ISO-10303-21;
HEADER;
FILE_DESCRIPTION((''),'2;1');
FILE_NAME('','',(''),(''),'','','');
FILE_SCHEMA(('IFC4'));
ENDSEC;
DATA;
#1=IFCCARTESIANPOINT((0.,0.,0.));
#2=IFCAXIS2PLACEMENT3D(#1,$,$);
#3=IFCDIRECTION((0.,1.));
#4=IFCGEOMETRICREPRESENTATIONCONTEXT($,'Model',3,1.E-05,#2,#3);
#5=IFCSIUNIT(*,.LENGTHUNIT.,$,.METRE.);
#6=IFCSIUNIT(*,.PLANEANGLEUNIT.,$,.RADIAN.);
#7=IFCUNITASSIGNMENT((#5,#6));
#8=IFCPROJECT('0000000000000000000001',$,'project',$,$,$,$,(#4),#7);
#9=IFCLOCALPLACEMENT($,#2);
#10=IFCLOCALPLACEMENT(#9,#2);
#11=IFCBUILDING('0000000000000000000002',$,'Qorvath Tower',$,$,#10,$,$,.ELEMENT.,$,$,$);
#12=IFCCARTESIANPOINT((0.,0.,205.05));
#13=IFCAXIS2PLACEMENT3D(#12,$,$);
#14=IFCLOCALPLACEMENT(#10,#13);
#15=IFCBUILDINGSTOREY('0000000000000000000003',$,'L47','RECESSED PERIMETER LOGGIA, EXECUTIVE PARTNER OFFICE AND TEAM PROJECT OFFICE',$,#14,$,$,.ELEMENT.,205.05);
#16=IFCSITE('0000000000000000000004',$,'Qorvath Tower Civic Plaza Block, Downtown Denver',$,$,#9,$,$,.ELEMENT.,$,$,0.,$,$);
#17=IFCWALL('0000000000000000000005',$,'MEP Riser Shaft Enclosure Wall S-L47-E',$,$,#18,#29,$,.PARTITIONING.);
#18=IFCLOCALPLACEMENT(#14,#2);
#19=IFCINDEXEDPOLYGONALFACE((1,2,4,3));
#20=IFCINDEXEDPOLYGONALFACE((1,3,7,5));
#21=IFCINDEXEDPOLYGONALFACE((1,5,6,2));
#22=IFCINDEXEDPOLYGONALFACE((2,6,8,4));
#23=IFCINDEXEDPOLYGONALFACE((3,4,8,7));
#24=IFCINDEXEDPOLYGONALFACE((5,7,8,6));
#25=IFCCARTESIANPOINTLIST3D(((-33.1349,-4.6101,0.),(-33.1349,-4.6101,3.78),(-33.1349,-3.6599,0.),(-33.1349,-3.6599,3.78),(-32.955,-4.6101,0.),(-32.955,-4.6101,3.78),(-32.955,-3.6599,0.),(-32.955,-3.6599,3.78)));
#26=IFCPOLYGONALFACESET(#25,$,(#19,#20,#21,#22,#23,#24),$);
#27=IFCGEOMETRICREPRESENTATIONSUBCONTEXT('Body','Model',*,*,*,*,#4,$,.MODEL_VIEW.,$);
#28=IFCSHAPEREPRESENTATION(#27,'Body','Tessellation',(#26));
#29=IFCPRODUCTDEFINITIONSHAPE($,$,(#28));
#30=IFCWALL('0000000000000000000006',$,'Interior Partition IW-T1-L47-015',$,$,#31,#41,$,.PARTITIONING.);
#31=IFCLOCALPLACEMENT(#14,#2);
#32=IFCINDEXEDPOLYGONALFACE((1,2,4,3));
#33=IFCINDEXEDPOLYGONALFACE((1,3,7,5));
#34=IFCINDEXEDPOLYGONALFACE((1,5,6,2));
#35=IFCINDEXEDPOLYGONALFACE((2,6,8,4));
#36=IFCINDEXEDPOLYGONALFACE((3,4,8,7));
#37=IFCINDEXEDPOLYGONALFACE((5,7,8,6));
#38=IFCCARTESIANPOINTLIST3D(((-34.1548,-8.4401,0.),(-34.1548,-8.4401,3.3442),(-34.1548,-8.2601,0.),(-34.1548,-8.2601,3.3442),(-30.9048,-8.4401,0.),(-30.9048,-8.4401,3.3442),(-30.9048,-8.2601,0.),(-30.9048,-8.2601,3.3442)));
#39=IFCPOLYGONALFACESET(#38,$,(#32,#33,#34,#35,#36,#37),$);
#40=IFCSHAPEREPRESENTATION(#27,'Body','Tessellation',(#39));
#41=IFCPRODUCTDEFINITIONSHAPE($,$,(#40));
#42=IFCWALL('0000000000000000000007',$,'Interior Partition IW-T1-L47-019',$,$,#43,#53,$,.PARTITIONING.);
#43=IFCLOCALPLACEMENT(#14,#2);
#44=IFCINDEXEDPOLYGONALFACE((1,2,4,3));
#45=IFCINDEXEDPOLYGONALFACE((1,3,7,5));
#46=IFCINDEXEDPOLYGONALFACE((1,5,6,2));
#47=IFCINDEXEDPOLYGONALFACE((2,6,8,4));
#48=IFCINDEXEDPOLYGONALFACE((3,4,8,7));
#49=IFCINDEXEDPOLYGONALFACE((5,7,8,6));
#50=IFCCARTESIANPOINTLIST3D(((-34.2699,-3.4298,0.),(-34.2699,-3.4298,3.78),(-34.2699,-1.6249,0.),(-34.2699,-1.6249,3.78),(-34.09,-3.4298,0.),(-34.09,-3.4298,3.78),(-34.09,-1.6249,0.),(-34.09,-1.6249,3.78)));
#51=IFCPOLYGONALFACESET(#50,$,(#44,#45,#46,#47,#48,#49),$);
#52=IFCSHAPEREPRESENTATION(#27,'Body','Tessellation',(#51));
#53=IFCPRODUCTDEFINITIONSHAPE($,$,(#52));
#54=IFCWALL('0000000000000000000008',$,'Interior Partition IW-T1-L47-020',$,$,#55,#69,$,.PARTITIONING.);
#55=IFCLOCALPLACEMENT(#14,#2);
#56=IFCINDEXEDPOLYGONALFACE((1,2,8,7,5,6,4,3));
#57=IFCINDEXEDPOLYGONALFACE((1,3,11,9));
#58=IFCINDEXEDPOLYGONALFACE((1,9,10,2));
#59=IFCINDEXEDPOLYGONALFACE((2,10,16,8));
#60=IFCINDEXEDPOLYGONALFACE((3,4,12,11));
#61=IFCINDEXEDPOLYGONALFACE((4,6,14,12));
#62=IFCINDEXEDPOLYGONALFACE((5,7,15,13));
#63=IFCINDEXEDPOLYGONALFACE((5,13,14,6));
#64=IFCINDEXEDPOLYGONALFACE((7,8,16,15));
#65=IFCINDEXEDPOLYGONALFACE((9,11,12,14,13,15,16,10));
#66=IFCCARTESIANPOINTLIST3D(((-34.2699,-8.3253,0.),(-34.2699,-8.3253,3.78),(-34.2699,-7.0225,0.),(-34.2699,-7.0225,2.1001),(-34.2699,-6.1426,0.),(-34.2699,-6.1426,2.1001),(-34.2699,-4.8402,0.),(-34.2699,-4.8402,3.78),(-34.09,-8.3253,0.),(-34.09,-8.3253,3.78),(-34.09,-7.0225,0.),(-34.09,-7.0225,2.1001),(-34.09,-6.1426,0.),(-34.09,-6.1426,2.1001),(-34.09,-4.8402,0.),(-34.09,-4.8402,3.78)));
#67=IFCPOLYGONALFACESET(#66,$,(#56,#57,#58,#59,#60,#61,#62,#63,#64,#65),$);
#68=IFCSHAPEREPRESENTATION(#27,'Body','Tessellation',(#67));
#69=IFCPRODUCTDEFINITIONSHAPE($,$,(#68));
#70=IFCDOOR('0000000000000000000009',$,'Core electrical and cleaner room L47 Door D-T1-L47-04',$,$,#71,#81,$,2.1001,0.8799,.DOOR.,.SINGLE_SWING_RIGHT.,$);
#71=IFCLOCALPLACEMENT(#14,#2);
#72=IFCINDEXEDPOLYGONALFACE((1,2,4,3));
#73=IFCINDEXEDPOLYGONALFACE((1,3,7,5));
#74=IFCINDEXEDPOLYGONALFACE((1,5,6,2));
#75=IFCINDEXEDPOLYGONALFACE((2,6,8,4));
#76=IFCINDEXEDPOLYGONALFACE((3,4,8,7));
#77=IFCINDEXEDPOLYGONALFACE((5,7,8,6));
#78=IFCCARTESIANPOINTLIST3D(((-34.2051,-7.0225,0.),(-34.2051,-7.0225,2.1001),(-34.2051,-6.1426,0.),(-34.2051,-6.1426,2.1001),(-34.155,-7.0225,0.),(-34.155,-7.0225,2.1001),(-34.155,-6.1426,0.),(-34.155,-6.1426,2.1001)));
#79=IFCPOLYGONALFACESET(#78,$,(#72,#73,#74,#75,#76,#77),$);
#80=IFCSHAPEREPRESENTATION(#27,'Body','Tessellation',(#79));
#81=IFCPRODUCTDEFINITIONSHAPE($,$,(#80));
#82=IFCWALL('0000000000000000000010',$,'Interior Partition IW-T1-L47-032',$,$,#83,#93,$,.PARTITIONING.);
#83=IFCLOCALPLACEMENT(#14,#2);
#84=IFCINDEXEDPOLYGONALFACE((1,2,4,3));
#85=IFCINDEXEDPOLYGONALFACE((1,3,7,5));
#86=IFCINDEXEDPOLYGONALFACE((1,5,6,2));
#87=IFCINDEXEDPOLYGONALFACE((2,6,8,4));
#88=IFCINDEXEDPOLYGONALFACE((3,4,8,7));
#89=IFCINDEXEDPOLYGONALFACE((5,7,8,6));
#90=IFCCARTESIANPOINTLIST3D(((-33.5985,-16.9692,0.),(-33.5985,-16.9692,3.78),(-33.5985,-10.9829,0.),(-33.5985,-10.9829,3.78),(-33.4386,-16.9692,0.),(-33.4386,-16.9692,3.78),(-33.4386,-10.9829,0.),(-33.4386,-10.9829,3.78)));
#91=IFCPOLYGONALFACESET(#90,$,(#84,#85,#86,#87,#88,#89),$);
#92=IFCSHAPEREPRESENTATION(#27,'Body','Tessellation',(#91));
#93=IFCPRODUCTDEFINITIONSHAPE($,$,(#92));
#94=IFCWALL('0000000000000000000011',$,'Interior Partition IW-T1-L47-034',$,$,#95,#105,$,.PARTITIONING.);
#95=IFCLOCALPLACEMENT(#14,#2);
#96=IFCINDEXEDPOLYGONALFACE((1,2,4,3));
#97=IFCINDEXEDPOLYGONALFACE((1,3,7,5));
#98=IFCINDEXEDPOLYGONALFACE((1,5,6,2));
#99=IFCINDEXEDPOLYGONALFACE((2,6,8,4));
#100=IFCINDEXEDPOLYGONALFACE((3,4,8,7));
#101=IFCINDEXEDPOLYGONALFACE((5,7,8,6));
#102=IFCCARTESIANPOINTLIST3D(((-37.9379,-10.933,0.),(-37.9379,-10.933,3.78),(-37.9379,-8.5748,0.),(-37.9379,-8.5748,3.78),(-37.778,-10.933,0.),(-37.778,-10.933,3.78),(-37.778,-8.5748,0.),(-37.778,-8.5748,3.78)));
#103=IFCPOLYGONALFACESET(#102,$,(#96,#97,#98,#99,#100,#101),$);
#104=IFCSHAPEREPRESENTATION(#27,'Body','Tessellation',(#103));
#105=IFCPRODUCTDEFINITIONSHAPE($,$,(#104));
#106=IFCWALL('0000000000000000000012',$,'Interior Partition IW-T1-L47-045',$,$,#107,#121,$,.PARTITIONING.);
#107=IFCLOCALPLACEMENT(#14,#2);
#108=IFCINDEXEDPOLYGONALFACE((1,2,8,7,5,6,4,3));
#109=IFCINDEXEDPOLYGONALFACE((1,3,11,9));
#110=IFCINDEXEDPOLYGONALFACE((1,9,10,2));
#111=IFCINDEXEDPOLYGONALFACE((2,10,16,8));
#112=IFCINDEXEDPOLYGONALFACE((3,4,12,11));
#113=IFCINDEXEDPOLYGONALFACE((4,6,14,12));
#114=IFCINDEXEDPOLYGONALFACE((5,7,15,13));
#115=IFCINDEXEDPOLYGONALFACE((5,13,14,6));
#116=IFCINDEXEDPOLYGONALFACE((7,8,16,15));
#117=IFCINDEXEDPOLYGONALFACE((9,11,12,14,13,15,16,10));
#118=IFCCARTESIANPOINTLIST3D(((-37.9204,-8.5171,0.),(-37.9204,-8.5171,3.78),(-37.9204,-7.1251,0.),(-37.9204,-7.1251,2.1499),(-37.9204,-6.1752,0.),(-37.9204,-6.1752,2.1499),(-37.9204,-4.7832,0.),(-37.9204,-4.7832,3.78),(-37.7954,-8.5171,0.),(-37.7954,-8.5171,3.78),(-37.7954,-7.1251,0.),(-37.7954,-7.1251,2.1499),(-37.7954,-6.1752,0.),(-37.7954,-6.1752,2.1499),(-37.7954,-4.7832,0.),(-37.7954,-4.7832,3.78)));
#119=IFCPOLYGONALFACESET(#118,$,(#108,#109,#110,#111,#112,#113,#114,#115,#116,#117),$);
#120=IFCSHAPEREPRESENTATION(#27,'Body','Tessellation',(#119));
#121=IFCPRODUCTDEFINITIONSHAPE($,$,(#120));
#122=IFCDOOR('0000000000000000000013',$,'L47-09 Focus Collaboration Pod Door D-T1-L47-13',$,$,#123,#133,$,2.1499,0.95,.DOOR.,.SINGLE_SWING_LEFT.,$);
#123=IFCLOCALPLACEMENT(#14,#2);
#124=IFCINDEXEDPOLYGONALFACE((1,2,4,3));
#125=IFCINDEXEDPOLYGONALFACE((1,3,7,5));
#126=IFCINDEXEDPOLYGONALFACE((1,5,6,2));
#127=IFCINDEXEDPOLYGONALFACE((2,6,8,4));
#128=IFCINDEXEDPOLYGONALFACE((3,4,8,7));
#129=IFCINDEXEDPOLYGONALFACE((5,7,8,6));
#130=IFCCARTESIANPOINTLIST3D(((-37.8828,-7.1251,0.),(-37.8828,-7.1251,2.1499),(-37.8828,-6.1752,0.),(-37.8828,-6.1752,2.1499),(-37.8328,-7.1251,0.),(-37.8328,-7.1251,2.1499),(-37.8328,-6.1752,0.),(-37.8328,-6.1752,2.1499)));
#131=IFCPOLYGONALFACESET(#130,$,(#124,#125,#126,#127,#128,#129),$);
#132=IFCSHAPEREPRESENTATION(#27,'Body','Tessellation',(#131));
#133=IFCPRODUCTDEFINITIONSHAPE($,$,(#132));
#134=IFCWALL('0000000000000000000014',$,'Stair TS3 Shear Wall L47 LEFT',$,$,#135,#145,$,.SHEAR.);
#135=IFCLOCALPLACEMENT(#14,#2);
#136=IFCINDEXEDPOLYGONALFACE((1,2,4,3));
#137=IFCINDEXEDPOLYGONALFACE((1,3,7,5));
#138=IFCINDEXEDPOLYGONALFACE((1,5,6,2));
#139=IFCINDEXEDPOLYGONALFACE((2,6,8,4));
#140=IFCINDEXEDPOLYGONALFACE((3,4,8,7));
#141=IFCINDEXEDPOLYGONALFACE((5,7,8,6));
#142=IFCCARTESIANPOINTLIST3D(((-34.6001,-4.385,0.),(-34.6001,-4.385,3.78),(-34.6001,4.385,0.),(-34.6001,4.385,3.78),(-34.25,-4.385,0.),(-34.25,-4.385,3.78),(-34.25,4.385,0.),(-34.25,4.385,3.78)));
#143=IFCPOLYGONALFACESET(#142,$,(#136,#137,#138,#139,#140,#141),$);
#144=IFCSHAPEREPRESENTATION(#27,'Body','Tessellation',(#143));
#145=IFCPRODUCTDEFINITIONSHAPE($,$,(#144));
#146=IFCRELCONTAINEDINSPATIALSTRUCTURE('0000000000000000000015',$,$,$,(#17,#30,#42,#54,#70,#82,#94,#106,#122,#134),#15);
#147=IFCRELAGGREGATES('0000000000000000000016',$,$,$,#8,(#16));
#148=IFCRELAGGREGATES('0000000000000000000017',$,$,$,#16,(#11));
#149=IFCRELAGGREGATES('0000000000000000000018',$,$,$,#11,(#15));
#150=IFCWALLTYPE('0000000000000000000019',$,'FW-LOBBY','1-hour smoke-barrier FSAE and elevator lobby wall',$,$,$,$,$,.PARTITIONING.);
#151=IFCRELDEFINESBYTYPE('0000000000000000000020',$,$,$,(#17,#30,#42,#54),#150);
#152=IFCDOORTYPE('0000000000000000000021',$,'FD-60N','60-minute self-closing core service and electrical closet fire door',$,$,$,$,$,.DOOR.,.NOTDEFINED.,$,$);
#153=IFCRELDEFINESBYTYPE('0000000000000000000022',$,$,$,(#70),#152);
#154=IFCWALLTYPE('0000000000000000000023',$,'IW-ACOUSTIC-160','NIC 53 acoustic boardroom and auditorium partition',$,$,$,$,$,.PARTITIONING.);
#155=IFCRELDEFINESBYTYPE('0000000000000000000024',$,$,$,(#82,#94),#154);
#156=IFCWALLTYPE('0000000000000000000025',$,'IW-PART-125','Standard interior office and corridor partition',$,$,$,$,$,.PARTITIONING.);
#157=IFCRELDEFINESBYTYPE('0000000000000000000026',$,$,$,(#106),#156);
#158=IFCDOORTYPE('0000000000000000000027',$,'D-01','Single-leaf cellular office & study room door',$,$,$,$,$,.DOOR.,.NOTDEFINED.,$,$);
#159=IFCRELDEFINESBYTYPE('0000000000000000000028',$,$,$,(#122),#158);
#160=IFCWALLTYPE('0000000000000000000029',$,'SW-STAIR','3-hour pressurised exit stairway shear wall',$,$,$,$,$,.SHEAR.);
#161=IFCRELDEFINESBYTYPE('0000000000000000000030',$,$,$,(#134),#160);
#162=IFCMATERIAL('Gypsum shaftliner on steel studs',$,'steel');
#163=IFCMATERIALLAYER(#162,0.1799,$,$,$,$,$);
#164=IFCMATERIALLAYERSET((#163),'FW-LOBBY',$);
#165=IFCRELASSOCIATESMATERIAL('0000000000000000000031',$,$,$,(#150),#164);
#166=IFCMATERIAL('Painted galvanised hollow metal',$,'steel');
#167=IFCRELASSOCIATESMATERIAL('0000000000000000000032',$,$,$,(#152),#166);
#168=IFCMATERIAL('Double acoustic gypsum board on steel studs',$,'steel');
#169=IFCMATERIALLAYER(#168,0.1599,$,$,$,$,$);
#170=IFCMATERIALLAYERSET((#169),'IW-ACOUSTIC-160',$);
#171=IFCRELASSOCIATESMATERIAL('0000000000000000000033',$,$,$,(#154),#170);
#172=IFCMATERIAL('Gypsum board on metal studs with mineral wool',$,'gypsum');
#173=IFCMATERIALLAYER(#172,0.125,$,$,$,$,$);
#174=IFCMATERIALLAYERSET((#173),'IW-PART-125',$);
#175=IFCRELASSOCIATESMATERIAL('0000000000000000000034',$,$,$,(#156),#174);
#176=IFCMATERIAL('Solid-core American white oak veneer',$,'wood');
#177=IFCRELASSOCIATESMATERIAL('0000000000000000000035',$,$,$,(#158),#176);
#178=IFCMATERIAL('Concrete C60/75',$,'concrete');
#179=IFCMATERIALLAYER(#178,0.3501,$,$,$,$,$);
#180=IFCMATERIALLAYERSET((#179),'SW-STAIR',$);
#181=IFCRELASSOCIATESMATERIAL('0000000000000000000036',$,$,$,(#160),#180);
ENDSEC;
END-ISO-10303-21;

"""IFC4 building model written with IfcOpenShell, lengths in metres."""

from ifc_helpers import new_model, si_unit, direction, frame, frame_2d, origin, place, context, subcontext, project, spatial, rectangle, extrude, material, layer, layer_set, type_object, element, fill, save


model = new_model("IFC4")

# Units and contexts
model_context = context("Model", 3, precision=1e-05, world=origin(), true_north=direction((0.0, 1.0)))
body_context = subcontext(model_context, "Body", "Model", "MODEL_VIEW")
ifc_project = project(units=[si_unit("LENGTHUNIT", "METRE"), si_unit("PLANEANGLEUNIT", "RADIAN")], contexts=[model_context])

# Site, building, storey
site_placement = place(None, origin())
site = spatial("IfcSite", under=ifc_project, at=site_placement, Name="Qorvath Tower Civic Plaza Block, Downtown Denver", CompositionType="ELEMENT", RefElevation=0.0)
building_placement = place(site_placement, origin())
building = spatial("IfcBuilding", under=site, at=building_placement, Name="Qorvath Tower", CompositionType="ELEMENT")
storey_placement = place(building_placement, frame((0.0, 0.0, 205.05)))
storey = spatial("IfcBuildingStorey", under=building, at=storey_placement, Name="L47", Description="RECESSED PERIMETER LOGGIA, EXECUTIVE PARTNER OFFICE AND TEAM PROJECT OFFICE", CompositionType="ELEMENT", Elevation=205.05)

# Walls
ifc_material_1 = material(Name="Gypsum shaftliner on steel studs", Category="steel")
ifc_layer_1 = layer(ifc_material_1, 0.1799)
ifc_layer_set_1 = layer_set([ifc_layer_1], Name="FW-LOBBY")
wall_type_1 = type_object("IfcWallType", Name="FW-LOBBY", Description="1-hour smoke-barrier FSAE and elevator lobby wall", PredefinedType="PARTITIONING", material=ifc_layer_set_1)
for number, where, z_axis, x_axis, name in (
    (1, (-33.0449, -3.6599, 0.0), (0.0, 0.0, 1.0), (0.0, -1.0, 0.0), "MEP Riser Shaft Enclosure Wall S-L47-E"),
):
    element("IfcWall", number, at=place(storey_placement, frame(where, z_axis=z_axis, x_axis=x_axis)), inside=storey, type_object=wall_type_1, Name=name, PredefinedType="PARTITIONING", context=body_context, shape_type="SweptSolid", body=[
        extrude(rectangle(XDim=0.9502, YDim=0.1799, at=frame_2d((0.4751, 0.0))), origin(), (0.0, 0.0, 1.0), 3.78),
    ])
wall_1_placement = place(storey_placement, frame((-34.1548, -8.3501, 0.0), z_axis=(0.0, 0.0, 1.0), x_axis=(1.0, 0.0, 0.0)))
element("IfcWall", 2, at=wall_1_placement, inside=storey, type_object=wall_type_1, Name="Interior Partition IW-T1-L47-015", PredefinedType="PARTITIONING", context=body_context, shape_type="SweptSolid", body=[
    extrude(rectangle(XDim=3.25, YDim=0.1799, at=frame_2d((1.625, 0.0))), origin(), (0.0, 0.0, 1.0), 3.3442),
])
wall_2_placement = place(storey_placement, frame((-34.1799, -1.625, 0.0), z_axis=(0.0, 0.0, 1.0), x_axis=(0.0, -1.0, 0.0)))
element("IfcWall", 3, at=wall_2_placement, inside=storey, type_object=wall_type_1, Name="Interior Partition IW-T1-L47-019", PredefinedType="PARTITIONING", context=body_context, shape_type="SweptSolid", body=[
    extrude(rectangle(XDim=1.8049, YDim=0.1799, at=frame_2d((0.9023, 0.0))), origin(), (0.0, 0.0, 1.0), 3.78),
])

# Wall, opening, door
wall_3_placement = place(storey_placement, frame((-34.1799, -4.8401, 0.0), z_axis=(0.0, 0.0, 1.0), x_axis=(0.0, -1.0, 0.0)))
wall_3 = element("IfcWall", 4, at=wall_3_placement, inside=storey, type_object=wall_type_1, Name="Interior Partition IW-T1-L47-020", PredefinedType="PARTITIONING", context=body_context, shape_type="SweptSolid", body=[
    extrude(rectangle(XDim=3.4851, YDim=0.1799, at=frame_2d((1.7427, 0.0))), origin(), (0.0, 0.0, 1.0), 3.78),
])
opening_1_placement = place(wall_3_placement, frame((1.3025, 0.0, 0.0)))
opening_1 = element("IfcOpeningElement", 5, at=opening_1_placement, cuts=wall_3, PredefinedType="OPENING", context=body_context, shape_type="SweptSolid", body=[
    extrude(rectangle(XDim=0.8799, YDim=2.1001, at=frame_2d((0.4399, 1.05))), frame((0.0, 0.1001, 0.0), z_axis=(0.0, -1.0, 0.0), x_axis=(1.0, 0.0, 0.0)), (0.0, 0.0, 1.0), 0.2),
])
ifc_material_2 = material(Name="Painted galvanised hollow metal", Category="steel")
door_type_1 = type_object("IfcDoorType", Name="FD-60N", Description="60-minute self-closing core service and electrical closet fire door", OperationType="NOTDEFINED", PredefinedType="DOOR", material=ifc_material_2)
door_1_placement = place(opening_1_placement, origin())
door_1 = element("IfcDoor", 6, at=door_1_placement, inside=storey, type_object=door_type_1, Name="Core electrical and cleaner room L47 Door D-T1-L47-04", OperationType="SINGLE_SWING_RIGHT", OverallHeight=2.1001, OverallWidth=0.8799, PredefinedType="DOOR", context=body_context, shape_type="SweptSolid", body=[
    extrude(rectangle(XDim=0.8799, YDim=2.1001, at=frame_2d((0.4399, 1.05))), frame((0.0, 0.0249, 0.0), z_axis=(0.0, -1.0, 0.0), x_axis=(1.0, 0.0, 0.0)), (0.0, 0.0, 1.0), 0.05),
])
fill(opening_1, door_1)

# Wall
ifc_material_3 = material(Name="Double acoustic gypsum board on steel studs", Category="steel")
ifc_layer_2 = layer(ifc_material_3, 0.1599)
ifc_layer_set_2 = layer_set([ifc_layer_2], Name="IW-ACOUSTIC-160")
wall_type_2 = type_object("IfcWallType", Name="IW-ACOUSTIC-160", Description="NIC 53 acoustic boardroom and auditorium partition", PredefinedType="PARTITIONING", material=ifc_layer_set_2)
wall_4_placement = place(storey_placement, frame((-33.5186, -16.9692, 0.0), z_axis=(0.0, 0.0, 1.0), x_axis=(0.0, 1.0, 0.0)))
element("IfcWall", 7, at=wall_4_placement, inside=storey, type_object=wall_type_2, Name="Interior Partition IW-T1-L47-032", PredefinedType="PARTITIONING", context=body_context, shape_type="SweptSolid", body=[
    extrude(rectangle(XDim=5.9863, YDim=0.1599, at=frame_2d((2.9932, 0.0))), origin(), (0.0, 0.0, 1.0), 3.78),
])

# Wall
wall_5_placement = place(storey_placement, frame((-37.8579, -10.9331, 0.0), z_axis=(0.0, 0.0, 1.0), x_axis=(0.0, 1.0, 0.0)))
element("IfcWall", 8, at=wall_5_placement, inside=storey, type_object=wall_type_2, Name="Interior Partition IW-T1-L47-034", PredefinedType="PARTITIONING", context=body_context, shape_type="SweptSolid", body=[
    extrude(rectangle(XDim=2.3582, YDim=0.1599, at=frame_2d((1.1792, 0.0))), origin(), (0.0, 0.0, 1.0), 3.78),
])

# Wall, opening, door
ifc_material_4 = material(Name="Gypsum board on metal studs with mineral wool", Category="gypsum")
ifc_layer_3 = layer(ifc_material_4, 0.125)
ifc_layer_set_3 = layer_set([ifc_layer_3], Name="IW-PART-125")
wall_type_3 = type_object("IfcWallType", Name="IW-PART-125", Description="Standard interior office and corridor partition", PredefinedType="PARTITIONING", material=ifc_layer_set_3)
wall_6_placement = place(storey_placement, frame((-37.8579, -8.5171, 0.0), z_axis=(0.0, 0.0, 1.0), x_axis=(0.0, 1.0, 0.0)))
wall_6 = element("IfcWall", 9, at=wall_6_placement, inside=storey, type_object=wall_type_3, Name="Interior Partition IW-T1-L47-045", PredefinedType="PARTITIONING", context=body_context, shape_type="SweptSolid", body=[
    extrude(rectangle(XDim=3.7339, YDim=0.125, at=frame_2d((1.8669, 0.0))), origin(), (0.0, 0.0, 1.0), 3.78),
])
opening_2_placement = place(wall_6_placement, frame((1.3918, 0.0, 0.0)))
opening_2 = element("IfcOpeningElement", 10, at=opening_2_placement, cuts=wall_6, PredefinedType="OPENING", context=body_context, shape_type="SweptSolid", body=[
    extrude(rectangle(XDim=0.95, YDim=2.1499, at=frame_2d((0.4751, 1.075))), frame((0.0, 0.0725, 0.0), z_axis=(0.0, -1.0, 0.0), x_axis=(1.0, 0.0, 0.0)), (0.0, 0.0, 1.0), 0.145),
])
ifc_material_5 = material(Name="Solid-core American white oak veneer", Category="wood")
door_type_2 = type_object("IfcDoorType", Name="D-01", Description="Single-leaf cellular office & study room door", OperationType="NOTDEFINED", PredefinedType="DOOR", material=ifc_material_5)
door_2_placement = place(opening_2_placement, origin())
door_2 = element("IfcDoor", 11, at=door_2_placement, inside=storey, type_object=door_type_2, Name="L47-09 Focus Collaboration Pod Door D-T1-L47-13", OperationType="SINGLE_SWING_LEFT", OverallHeight=2.1499, OverallWidth=0.95, PredefinedType="DOOR", context=body_context, shape_type="SweptSolid", body=[
    extrude(rectangle(XDim=0.95, YDim=2.1499, at=frame_2d((0.4751, 1.075))), frame((0.0, 0.0249, 0.0), z_axis=(0.0, -1.0, 0.0), x_axis=(1.0, 0.0, 0.0)), (0.0, 0.0, 1.0), 0.05),
])
fill(opening_2, door_2)

# Wall
ifc_material_6 = material(Name="Concrete C60/75", Category="concrete")
ifc_layer_4 = layer(ifc_material_6, 0.3501)
ifc_layer_set_4 = layer_set([ifc_layer_4], Name="SW-STAIR")
wall_type_4 = type_object("IfcWallType", Name="SW-STAIR", Description="3-hour pressurised exit stairway shear wall", PredefinedType="SHEAR", material=ifc_layer_set_4)
wall_7_placement = place(storey_placement, frame((-34.425, -4.385, 0.0), z_axis=(0.0, 0.0, 1.0), x_axis=(0.0, 1.0, 0.0)))
element("IfcWall", 12, at=wall_7_placement, inside=storey, type_object=wall_type_4, Name="Stair TS3 Shear Wall L47 LEFT", PredefinedType="SHEAR", context=body_context, shape_type="SweptSolid", body=[
    extrude(rectangle(XDim=8.77, YDim=0.3501, at=frame_2d((4.385, 0.0))), origin(), (0.0, 0.0, 1.0), 3.78),
])

save(model, "model.ifc")
